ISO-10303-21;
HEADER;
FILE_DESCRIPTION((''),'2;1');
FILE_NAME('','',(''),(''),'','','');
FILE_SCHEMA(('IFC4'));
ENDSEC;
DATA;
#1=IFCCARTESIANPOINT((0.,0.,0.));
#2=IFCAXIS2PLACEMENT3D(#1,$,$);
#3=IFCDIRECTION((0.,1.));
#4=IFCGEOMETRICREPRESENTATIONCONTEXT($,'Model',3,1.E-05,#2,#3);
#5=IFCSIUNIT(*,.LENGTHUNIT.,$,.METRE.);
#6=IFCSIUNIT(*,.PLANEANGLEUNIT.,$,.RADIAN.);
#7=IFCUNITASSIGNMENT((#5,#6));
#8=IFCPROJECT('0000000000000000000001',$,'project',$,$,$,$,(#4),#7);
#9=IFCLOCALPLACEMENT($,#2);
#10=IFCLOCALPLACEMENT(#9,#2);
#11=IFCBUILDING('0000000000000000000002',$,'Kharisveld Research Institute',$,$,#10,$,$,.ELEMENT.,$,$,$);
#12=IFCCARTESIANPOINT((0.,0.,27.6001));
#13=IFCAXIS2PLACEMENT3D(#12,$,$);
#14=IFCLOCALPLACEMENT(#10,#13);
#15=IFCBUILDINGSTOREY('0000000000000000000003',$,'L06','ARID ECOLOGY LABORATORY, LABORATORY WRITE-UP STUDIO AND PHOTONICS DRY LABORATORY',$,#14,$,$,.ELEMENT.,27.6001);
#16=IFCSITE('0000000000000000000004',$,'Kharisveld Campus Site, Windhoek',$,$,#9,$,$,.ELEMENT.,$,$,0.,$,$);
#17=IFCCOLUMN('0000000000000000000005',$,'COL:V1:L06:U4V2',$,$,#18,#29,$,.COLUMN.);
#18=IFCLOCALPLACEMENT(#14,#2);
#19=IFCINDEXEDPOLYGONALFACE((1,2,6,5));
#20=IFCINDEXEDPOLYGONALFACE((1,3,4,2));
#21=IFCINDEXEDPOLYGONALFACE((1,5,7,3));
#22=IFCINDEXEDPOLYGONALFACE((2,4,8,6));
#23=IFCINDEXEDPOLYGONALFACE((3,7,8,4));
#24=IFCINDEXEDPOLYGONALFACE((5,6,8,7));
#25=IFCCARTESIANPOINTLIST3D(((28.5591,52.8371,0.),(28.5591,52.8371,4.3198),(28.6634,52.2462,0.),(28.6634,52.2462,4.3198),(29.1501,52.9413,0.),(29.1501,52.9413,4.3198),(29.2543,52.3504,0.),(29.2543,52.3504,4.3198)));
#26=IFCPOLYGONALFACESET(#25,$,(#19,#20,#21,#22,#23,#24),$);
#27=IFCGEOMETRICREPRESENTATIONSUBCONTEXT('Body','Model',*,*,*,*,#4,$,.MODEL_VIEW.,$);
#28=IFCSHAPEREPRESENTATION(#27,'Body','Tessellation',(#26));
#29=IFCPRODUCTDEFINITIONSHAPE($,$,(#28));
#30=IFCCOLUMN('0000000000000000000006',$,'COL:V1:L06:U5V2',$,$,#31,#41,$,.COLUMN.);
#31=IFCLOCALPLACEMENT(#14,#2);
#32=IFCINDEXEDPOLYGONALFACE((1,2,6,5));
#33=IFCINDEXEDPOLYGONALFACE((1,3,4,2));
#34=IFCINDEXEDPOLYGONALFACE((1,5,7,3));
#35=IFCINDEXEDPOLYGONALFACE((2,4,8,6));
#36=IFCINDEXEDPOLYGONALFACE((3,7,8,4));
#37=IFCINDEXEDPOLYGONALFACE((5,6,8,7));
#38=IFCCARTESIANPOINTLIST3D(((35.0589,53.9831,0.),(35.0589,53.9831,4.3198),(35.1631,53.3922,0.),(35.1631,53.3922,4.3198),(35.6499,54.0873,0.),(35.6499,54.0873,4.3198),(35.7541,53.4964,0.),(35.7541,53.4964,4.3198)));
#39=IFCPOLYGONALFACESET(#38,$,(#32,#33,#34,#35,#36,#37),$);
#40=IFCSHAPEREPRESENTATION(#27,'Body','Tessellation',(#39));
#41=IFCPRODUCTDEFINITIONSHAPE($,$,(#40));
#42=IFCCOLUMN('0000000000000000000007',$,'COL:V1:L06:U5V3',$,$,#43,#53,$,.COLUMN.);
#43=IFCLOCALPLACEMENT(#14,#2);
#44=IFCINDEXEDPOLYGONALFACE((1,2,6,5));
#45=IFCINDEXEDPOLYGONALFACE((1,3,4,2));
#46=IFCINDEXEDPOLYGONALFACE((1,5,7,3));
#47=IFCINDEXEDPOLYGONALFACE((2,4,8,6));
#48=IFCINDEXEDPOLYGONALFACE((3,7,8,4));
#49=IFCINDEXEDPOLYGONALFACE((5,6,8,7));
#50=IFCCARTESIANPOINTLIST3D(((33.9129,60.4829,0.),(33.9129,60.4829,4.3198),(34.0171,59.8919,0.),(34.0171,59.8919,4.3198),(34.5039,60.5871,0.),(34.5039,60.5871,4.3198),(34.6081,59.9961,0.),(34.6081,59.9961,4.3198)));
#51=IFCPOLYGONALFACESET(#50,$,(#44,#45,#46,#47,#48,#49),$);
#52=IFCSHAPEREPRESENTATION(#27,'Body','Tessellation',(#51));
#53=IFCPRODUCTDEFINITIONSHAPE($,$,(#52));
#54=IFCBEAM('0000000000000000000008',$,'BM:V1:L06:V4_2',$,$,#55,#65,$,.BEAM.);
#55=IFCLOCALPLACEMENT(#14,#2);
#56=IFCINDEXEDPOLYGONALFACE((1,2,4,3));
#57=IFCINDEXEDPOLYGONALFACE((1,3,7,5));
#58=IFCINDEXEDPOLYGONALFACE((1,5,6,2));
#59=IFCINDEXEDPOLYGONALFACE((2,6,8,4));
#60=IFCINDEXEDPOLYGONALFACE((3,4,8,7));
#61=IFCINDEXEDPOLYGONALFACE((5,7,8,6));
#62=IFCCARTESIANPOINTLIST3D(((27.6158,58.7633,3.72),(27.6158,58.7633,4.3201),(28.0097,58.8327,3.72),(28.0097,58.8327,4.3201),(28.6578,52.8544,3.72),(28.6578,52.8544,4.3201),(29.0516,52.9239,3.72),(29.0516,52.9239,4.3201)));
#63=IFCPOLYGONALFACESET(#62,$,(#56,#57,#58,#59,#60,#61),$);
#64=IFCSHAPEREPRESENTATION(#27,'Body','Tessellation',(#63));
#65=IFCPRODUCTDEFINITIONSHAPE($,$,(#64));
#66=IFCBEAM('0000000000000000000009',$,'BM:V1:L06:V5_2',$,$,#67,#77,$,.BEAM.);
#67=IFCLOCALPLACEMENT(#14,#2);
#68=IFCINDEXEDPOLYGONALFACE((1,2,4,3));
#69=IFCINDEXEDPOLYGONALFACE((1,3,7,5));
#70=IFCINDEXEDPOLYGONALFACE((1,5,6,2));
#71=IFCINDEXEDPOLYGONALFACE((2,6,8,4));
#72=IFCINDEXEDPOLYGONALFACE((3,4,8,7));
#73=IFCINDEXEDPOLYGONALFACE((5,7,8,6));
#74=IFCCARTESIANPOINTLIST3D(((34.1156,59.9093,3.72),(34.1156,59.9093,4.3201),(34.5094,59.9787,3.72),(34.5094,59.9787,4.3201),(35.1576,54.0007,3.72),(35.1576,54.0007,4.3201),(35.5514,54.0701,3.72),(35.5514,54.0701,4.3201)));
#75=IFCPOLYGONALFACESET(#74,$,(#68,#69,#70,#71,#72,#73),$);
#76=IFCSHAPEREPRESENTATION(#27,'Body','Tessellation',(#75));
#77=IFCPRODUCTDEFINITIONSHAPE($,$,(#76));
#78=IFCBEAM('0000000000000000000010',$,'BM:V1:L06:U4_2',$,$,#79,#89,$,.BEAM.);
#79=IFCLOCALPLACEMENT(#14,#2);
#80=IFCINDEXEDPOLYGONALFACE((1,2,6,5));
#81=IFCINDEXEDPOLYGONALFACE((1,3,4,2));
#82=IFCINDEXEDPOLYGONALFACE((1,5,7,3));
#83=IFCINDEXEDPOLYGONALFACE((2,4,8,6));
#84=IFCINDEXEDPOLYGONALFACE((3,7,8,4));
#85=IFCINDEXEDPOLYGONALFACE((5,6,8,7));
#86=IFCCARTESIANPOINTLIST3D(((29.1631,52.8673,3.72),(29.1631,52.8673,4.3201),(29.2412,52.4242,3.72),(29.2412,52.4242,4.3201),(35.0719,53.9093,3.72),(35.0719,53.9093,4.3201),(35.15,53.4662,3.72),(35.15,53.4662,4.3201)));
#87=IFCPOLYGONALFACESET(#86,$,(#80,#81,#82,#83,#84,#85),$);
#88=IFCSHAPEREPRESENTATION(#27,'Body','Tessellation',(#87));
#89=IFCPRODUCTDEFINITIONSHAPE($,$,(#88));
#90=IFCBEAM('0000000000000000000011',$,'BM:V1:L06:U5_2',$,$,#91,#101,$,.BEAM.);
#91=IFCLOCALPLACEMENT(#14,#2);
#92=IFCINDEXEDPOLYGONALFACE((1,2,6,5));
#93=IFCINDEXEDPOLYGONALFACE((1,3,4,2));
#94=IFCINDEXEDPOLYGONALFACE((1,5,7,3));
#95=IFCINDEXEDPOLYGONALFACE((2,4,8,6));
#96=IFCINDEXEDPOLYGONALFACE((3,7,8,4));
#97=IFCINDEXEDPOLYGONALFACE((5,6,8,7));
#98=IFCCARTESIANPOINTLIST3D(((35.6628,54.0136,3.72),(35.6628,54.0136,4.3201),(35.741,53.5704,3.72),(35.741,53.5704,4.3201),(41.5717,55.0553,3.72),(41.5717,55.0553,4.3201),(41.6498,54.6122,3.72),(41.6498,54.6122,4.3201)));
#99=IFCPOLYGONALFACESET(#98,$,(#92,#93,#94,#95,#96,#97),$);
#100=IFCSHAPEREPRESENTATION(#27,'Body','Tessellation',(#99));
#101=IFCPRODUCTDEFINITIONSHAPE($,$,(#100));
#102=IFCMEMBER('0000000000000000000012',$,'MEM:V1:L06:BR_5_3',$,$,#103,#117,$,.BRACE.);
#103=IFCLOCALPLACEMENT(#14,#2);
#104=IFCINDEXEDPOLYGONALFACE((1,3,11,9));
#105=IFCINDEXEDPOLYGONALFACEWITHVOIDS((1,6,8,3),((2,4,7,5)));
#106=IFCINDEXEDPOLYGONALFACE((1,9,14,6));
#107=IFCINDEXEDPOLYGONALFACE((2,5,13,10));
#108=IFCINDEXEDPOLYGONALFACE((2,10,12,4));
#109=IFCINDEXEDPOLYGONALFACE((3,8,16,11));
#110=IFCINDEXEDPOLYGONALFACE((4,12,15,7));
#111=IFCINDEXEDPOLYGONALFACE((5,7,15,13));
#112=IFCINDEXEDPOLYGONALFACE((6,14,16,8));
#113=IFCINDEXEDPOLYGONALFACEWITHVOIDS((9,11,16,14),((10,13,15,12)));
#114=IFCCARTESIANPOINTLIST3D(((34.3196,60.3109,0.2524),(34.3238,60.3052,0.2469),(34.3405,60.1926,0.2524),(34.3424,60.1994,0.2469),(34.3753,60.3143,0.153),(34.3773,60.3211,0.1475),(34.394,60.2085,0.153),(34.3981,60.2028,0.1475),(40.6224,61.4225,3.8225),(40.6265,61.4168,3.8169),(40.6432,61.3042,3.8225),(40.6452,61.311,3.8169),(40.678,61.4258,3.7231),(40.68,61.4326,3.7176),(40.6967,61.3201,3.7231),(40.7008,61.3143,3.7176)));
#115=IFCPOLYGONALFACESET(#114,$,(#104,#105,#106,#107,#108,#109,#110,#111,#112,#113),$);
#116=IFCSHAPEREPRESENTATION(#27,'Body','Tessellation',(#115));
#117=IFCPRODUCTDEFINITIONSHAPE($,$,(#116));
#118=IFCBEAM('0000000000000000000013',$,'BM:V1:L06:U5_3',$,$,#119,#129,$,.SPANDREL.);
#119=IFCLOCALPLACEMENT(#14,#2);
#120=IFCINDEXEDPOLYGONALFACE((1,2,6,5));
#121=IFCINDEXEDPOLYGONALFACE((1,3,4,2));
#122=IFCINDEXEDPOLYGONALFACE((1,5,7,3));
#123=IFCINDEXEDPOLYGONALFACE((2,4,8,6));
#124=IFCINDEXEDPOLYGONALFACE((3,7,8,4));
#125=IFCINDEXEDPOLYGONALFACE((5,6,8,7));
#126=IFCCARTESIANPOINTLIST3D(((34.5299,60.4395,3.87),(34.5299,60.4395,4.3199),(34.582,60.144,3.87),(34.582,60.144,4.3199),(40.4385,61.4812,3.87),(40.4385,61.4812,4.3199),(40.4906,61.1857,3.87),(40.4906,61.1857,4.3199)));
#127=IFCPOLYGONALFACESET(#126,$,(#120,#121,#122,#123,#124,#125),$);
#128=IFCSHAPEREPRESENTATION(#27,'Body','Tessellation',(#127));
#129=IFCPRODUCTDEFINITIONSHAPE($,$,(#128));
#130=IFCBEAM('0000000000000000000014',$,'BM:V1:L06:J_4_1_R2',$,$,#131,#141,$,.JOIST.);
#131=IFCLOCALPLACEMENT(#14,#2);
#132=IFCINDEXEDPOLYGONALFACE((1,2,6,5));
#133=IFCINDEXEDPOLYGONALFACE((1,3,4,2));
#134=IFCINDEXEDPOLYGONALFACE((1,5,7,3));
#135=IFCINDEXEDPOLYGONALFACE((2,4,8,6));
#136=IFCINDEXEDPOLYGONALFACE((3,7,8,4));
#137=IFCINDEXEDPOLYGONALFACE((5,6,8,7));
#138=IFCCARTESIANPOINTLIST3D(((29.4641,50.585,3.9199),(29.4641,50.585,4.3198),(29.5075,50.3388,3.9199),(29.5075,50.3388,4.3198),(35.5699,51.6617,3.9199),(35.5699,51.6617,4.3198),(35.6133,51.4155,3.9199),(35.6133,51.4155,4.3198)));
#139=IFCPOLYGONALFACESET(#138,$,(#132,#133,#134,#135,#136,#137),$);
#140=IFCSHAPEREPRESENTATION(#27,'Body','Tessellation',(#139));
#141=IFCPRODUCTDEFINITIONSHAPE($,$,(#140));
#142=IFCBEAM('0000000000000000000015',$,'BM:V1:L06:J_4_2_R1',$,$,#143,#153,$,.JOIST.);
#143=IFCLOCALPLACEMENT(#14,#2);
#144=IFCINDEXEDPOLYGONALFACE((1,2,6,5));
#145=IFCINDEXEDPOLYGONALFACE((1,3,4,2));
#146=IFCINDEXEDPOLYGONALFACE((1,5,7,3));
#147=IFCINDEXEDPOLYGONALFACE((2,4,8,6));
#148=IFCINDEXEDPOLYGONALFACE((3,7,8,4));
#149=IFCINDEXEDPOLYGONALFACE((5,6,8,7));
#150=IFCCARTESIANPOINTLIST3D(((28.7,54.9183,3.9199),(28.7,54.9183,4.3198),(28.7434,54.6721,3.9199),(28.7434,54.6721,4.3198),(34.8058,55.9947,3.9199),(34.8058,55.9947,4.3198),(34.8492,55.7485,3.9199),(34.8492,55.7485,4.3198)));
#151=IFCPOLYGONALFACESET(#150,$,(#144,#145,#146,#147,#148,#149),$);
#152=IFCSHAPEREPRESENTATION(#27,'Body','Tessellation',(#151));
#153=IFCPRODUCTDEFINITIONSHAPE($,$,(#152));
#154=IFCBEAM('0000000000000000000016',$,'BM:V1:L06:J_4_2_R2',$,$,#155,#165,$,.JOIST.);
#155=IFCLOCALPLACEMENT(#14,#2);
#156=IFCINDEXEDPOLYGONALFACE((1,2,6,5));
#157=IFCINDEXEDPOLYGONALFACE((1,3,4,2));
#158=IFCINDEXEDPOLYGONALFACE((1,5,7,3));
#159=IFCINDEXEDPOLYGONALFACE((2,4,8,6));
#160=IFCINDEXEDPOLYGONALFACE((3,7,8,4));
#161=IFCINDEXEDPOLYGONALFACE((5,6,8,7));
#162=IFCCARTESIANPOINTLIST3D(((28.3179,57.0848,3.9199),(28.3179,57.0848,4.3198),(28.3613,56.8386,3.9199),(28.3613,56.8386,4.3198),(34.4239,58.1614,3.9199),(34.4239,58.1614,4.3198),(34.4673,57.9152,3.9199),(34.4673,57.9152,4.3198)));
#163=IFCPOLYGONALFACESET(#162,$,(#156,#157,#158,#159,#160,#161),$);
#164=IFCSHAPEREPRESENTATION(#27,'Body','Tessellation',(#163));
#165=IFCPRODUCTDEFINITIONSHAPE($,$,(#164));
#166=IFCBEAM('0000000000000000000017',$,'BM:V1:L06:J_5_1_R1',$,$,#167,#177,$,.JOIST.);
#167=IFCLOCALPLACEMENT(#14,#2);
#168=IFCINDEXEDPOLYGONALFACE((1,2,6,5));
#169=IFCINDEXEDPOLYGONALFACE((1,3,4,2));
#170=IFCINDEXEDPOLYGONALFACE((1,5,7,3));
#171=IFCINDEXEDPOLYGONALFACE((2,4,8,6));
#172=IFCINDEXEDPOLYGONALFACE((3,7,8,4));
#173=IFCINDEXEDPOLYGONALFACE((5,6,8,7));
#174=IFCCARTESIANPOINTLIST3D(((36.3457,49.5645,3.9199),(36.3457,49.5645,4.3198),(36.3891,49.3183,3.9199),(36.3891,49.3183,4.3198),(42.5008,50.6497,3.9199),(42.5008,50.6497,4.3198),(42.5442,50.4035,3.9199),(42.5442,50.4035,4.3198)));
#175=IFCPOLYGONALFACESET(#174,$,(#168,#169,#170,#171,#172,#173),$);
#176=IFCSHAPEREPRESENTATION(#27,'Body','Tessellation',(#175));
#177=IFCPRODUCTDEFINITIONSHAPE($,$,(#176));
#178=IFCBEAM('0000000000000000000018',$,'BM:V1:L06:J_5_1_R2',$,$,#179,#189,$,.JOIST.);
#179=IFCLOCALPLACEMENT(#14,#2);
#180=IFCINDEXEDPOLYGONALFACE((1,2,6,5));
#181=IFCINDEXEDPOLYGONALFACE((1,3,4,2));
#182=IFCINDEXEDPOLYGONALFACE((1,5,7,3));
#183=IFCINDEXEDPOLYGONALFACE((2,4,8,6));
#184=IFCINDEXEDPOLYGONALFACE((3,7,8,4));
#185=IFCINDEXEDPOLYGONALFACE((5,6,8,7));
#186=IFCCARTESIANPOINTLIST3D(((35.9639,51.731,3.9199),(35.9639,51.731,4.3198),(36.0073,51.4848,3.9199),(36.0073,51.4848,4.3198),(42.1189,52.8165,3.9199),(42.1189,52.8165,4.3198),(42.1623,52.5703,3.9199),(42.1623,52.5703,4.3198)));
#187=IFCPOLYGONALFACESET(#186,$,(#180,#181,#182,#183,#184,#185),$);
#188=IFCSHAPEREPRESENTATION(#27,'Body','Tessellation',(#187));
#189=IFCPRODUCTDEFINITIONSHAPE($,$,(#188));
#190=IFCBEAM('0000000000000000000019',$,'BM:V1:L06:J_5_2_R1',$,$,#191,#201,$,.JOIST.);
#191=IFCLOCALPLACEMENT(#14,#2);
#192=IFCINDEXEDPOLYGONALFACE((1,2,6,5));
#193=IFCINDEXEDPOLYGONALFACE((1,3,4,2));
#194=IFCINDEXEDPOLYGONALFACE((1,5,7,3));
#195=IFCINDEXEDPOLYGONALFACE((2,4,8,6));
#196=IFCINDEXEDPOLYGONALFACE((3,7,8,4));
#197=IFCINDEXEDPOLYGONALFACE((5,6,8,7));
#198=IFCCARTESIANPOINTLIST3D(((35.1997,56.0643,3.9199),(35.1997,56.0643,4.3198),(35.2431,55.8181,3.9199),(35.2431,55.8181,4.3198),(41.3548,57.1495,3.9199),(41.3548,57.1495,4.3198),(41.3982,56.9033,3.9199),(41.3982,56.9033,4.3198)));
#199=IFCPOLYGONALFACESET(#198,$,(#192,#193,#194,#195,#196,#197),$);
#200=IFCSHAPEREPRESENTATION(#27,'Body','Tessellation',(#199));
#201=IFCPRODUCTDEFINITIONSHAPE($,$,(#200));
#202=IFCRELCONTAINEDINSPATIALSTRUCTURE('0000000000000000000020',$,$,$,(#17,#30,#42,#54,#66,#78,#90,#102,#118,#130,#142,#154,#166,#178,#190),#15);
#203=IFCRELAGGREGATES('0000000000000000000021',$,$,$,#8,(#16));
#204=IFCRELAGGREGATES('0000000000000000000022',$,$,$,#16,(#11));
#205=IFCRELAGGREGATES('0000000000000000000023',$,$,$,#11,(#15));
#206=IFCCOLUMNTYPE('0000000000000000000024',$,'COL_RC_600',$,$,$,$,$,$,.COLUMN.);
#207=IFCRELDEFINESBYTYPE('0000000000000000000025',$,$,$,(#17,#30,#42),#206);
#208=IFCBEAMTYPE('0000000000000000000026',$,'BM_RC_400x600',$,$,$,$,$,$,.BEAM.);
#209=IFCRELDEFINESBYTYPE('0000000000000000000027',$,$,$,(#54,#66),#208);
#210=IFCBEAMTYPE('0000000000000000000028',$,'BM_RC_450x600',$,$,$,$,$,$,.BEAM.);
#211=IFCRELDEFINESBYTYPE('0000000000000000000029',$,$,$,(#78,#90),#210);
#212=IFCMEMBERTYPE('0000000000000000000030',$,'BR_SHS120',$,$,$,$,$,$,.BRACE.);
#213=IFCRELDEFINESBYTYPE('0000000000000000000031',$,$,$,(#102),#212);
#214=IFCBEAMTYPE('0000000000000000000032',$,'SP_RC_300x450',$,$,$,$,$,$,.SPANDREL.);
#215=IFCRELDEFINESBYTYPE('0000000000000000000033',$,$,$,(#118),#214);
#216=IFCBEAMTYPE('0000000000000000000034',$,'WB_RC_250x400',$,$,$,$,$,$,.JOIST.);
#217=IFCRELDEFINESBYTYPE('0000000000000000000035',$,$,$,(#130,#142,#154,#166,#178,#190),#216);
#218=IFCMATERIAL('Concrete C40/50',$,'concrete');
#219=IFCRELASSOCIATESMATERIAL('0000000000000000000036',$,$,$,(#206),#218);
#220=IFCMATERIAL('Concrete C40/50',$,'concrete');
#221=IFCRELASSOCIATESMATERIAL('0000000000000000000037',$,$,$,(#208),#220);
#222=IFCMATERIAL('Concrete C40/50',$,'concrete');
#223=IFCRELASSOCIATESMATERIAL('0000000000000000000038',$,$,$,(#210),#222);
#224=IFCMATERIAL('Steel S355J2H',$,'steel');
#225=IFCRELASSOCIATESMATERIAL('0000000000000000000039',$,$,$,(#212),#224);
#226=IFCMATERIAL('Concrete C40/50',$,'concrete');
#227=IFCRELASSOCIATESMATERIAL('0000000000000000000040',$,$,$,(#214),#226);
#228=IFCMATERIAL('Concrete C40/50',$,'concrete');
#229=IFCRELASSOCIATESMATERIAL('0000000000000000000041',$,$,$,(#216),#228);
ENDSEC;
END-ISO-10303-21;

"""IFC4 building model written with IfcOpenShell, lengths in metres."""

from ifc_helpers import new_model, si_unit, direction, frame, origin, origin_2d, place, context, subcontext, project, spatial, rectangle, hollow_rectangle, extrude, material, material_profile, profile_set, type_object, element, save


model = new_model("IFC4")

# Units and contexts
model_context = context("Model", 3, precision=1e-05, world=origin(), true_north=direction((0.0, 1.0)))
body_context = subcontext(model_context, "Body", "Model", "MODEL_VIEW")
ifc_project = project(units=[si_unit("LENGTHUNIT", "METRE"), si_unit("PLANEANGLEUNIT", "RADIAN")], contexts=[model_context])

# Site, building, storey
site_placement = place(None, origin())
site = spatial("IfcSite", under=ifc_project, at=site_placement, Name="Kharisveld Campus Site, Windhoek", CompositionType="ELEMENT", RefElevation=0.0)
building_placement = place(site_placement, origin())
building = spatial("IfcBuilding", under=site, at=building_placement, Name="Kharisveld Research Institute", CompositionType="ELEMENT")
storey_placement = place(building_placement, frame((0.0, 0.0, 27.6001)))
storey = spatial("IfcBuildingStorey", under=building, at=storey_placement, Name="L06", Description="ARID ECOLOGY LABORATORY, LABORATORY WRITE-UP STUDIO AND PHOTONICS DRY LABORATORY", CompositionType="ELEMENT", Elevation=27.6001)

# Columns
ifc_material_1 = material(Name="Concrete C40/50", Category="concrete")
ifc_material_profile_1 = material_profile(ifc_material_1, rectangle(XDim=0.6001, YDim=0.6001, at=origin_2d()))
ifc_profile_set_1 = profile_set([ifc_material_profile_1], Name="Concrete C40/50")
column_type = type_object("IfcColumnType", Name="COL_RC_600", PredefinedType="COLUMN", material=ifc_profile_set_1)
for number, where, z_axis, x_axis, name in (
    (1, (28.9067, 52.5938, 0.0), (0.0, 0.0, 1.0), (0.984808, 0.173648, 0.0), "COL:V1:L06:U4V2"),
    (2, (35.4065, 53.7397, 0.0), (0.0, 0.0, 1.0), (0.984808, 0.173648, 0.0), "COL:V1:L06:U5V2"),
    (3, (34.2605, 60.2395, 0.0), (0.0, 0.0, 1.0), (0.984808, 0.173648, 0.0), "COL:V1:L06:U5V3"),
):
    element("IfcColumn", number, at=place(storey_placement, frame(where, z_axis=z_axis, x_axis=x_axis)), inside=storey, type_object=column_type, Name=name, PredefinedType="COLUMN", context=body_context, shape_type="SweptSolid", body=[
        extrude(rectangle(XDim=0.6001, YDim=0.6001, at=origin_2d()), origin(), (0.0, 0.0, 1.0), 4.3198),
    ])

# Beams
ifc_material_2 = material(Name="Concrete C40/50", Category="concrete")
ifc_material_profile_2 = material_profile(ifc_material_2, rectangle(XDim=0.3999, YDim=0.6001, at=origin_2d()))
ifc_profile_set_2 = profile_set([ifc_material_profile_2], Name="Concrete C40/50")
beam_type_1 = type_object("IfcBeamType", Name="BM_RC_400x600", PredefinedType="BEAM", material=ifc_profile_set_2)
beam_1_placement = place(storey_placement, frame((28.8547, 52.8892, 4.02), z_axis=(-0.173662, 0.984805, 0.0), x_axis=(-0.984805, -0.173662, 0.0)))
element("IfcBeam", 4, at=beam_1_placement, inside=storey, type_object=beam_type_1, Name="BM:V1:L06:V4_2", PredefinedType="BEAM", context=body_context, shape_type="SweptSolid", body=[
    extrude(rectangle(XDim=0.3999, YDim=0.6001, at=origin_2d()), origin(), (0.0, 0.0, 1.0), 6.0),
])
beam_2_placement = place(storey_placement, frame((35.3545, 54.0354, 4.02), z_axis=(-0.173669, 0.984804, 0.0), x_axis=(-0.984804, -0.173669, 0.0)))
element("IfcBeam", 5, at=beam_2_placement, inside=storey, type_object=beam_type_1, Name="BM:V1:L06:V5_2", PredefinedType="BEAM", context=body_context, shape_type="SweptSolid", body=[
    extrude(rectangle(XDim=0.3999, YDim=0.6001, at=origin_2d()), origin(), (0.0, 0.0, 1.0), 5.9998),
])
ifc_material_3 = material(Name="Concrete C40/50", Category="concrete")
ifc_material_profile_3 = material_profile(ifc_material_3, rectangle(XDim=0.45, YDim=0.6001, at=origin_2d()))
ifc_profile_set_3 = profile_set([ifc_material_profile_3], Name="Concrete C40/50")
beam_type_2 = type_object("IfcBeamType", Name="BM_RC_450x600", PredefinedType="BEAM", material=ifc_profile_set_3)
for number, where, z_axis, x_axis, name in (
    (6, (29.2021, 52.6458, 4.02), (0.984805, 0.173662, 0.0), (-0.173662, 0.984805, 0.0), "BM:V1:L06:U4_2"),
    (7, (35.7019, 53.792, 4.02), (0.984812, 0.173623, 0.0), (-0.173623, 0.984812, 0.0), "BM:V1:L06:U5_2"),
):
    element("IfcBeam", number, at=place(storey_placement, frame(where, z_axis=z_axis, x_axis=x_axis)), inside=storey, type_object=beam_type_2, Name=name, PredefinedType="BEAM", context=body_context, shape_type="SweptSolid", body=[
        extrude(rectangle(XDim=0.45, YDim=0.6001, at=origin_2d()), origin(), (0.0, 0.0, 1.0), 6.0),
    ])

# Member
ifc_material_4 = material(Name="Steel S355J2H", Category="steel")
ifc_material_profile_4 = material_profile(ifc_material_4, hollow_rectangle(XDim=0.1201, YDim=0.1201, WallThickness=0.0063, at=origin_2d()))
ifc_profile_set_4 = profile_set([ifc_material_profile_4], Name="Steel S355J2H")
member_type = type_object("IfcMemberType", Name="BR_SHS120", PredefinedType="BRACE", material=ifc_profile_set_4)
member_placement = place(storey_placement, frame((34.3589, 60.2568, 0.2), z_axis=(0.860042, 0.15168, 0.487155), x_axis=(-0.173683, 0.984802, 0.0)))
element("IfcMember", 8, at=member_placement, inside=storey, type_object=member_type, Name="MEM:V1:L06:BR_5_3", PredefinedType="BRACE", context=body_context, shape_type="SweptSolid", body=[
    extrude(hollow_rectangle(XDim=0.1201, YDim=0.1201, WallThickness=0.0063, at=origin_2d()), origin(), (0.0, 0.0, 1.0), 7.3284),
])

# Beams
ifc_material_5 = material(Name="Concrete C40/50", Category="concrete")
ifc_material_profile_5 = material_profile(ifc_material_5, rectangle(XDim=0.3, YDim=0.45, at=origin_2d()))
ifc_profile_set_5 = profile_set([ifc_material_profile_5], Name="Concrete C40/50")
beam_type_3 = type_object("IfcBeamType", Name="SP_RC_300x450", PredefinedType="SPANDREL", material=ifc_profile_set_5)
beam_3_placement = place(storey_placement, frame((34.5559, 60.2917, 4.095), z_axis=(0.984811, 0.17363, 0.0), x_axis=(-0.17363, 0.984811, 0.0)))
element("IfcBeam", 9, at=beam_3_placement, inside=storey, type_object=beam_type_3, Name="BM:V1:L06:U5_3", PredefinedType="SPANDREL", context=body_context, shape_type="SweptSolid", body=[
    extrude(rectangle(XDim=0.3, YDim=0.45, at=origin_2d()), origin(), (0.0, 0.0, 1.0), 5.9998),
])
ifc_material_6 = material(Name="Concrete C40/50", Category="concrete")
ifc_material_profile_6 = material_profile(ifc_material_6, rectangle(XDim=0.25, YDim=0.3999, at=origin_2d()))
ifc_profile_set_6 = profile_set([ifc_material_profile_6], Name="Concrete C40/50")
beam_type_4 = type_object("IfcBeamType", Name="WB_RC_250x400", PredefinedType="JOIST", material=ifc_profile_set_6)
for number, where, z_axis, x_axis, name in (
    (10, (29.4858, 50.4619, 4.1199), (0.984806, 0.173657, 0.0), (-0.173657, 0.984806, 0.0), "BM:V1:L06:J_4_1_R2"),
    (11, (28.7217, 54.7952, 4.1199), (0.984813, 0.173619, 0.0), (-0.173619, 0.984813, 0.0), "BM:V1:L06:J_4_2_R1"),
):
    element("IfcBeam", number, at=place(storey_placement, frame(where, z_axis=z_axis, x_axis=x_axis)), inside=storey, type_object=beam_type_4, Name=name, PredefinedType="JOIST", context=body_context, shape_type="SweptSolid", body=[
        extrude(rectangle(XDim=0.25, YDim=0.3999, at=origin_2d()), origin(), (0.0, 0.0, 1.0), 6.2),
    ])
beam_4_placement = place(storey_placement, frame((28.3396, 56.9617, 4.1199), z_axis=(0.984807, 0.173651, 0.0), x_axis=(-0.173651, 0.984807, 0.0)))
element("IfcBeam", 12, at=beam_4_placement, inside=storey, type_object=beam_type_4, Name="BM:V1:L06:J_4_2_R2", PredefinedType="JOIST", context=body_context, shape_type="SweptSolid", body=[
    extrude(rectangle(XDim=0.25, YDim=0.3999, at=origin_2d()), origin(), (0.0, 0.0, 1.0), 6.2002),
])
for number, where, z_axis, x_axis, name in (
    (13, (36.3674, 49.4414, 4.1199), (0.98481, 0.173634, 0.0), (-0.173634, 0.98481, 0.0), "BM:V1:L06:J_5_1_R1"),
    (14, (35.9856, 51.6079, 4.1199), (0.984804, 0.173672, 0.0), (-0.173672, 0.984804, 0.0), "BM:V1:L06:J_5_1_R2"),
    (15, (35.2214, 55.9412, 4.1199), (0.98481, 0.173634, 0.0), (-0.173634, 0.98481, 0.0), "BM:V1:L06:J_5_2_R1"),
):
    element("IfcBeam", number, at=place(storey_placement, frame(where, z_axis=z_axis, x_axis=x_axis)), inside=storey, type_object=beam_type_4, Name=name, PredefinedType="JOIST", context=body_context, shape_type="SweptSolid", body=[
        extrude(rectangle(XDim=0.25, YDim=0.3999, at=origin_2d()), origin(), (0.0, 0.0, 1.0), 6.25),
    ])

save(model, "model.ifc")
